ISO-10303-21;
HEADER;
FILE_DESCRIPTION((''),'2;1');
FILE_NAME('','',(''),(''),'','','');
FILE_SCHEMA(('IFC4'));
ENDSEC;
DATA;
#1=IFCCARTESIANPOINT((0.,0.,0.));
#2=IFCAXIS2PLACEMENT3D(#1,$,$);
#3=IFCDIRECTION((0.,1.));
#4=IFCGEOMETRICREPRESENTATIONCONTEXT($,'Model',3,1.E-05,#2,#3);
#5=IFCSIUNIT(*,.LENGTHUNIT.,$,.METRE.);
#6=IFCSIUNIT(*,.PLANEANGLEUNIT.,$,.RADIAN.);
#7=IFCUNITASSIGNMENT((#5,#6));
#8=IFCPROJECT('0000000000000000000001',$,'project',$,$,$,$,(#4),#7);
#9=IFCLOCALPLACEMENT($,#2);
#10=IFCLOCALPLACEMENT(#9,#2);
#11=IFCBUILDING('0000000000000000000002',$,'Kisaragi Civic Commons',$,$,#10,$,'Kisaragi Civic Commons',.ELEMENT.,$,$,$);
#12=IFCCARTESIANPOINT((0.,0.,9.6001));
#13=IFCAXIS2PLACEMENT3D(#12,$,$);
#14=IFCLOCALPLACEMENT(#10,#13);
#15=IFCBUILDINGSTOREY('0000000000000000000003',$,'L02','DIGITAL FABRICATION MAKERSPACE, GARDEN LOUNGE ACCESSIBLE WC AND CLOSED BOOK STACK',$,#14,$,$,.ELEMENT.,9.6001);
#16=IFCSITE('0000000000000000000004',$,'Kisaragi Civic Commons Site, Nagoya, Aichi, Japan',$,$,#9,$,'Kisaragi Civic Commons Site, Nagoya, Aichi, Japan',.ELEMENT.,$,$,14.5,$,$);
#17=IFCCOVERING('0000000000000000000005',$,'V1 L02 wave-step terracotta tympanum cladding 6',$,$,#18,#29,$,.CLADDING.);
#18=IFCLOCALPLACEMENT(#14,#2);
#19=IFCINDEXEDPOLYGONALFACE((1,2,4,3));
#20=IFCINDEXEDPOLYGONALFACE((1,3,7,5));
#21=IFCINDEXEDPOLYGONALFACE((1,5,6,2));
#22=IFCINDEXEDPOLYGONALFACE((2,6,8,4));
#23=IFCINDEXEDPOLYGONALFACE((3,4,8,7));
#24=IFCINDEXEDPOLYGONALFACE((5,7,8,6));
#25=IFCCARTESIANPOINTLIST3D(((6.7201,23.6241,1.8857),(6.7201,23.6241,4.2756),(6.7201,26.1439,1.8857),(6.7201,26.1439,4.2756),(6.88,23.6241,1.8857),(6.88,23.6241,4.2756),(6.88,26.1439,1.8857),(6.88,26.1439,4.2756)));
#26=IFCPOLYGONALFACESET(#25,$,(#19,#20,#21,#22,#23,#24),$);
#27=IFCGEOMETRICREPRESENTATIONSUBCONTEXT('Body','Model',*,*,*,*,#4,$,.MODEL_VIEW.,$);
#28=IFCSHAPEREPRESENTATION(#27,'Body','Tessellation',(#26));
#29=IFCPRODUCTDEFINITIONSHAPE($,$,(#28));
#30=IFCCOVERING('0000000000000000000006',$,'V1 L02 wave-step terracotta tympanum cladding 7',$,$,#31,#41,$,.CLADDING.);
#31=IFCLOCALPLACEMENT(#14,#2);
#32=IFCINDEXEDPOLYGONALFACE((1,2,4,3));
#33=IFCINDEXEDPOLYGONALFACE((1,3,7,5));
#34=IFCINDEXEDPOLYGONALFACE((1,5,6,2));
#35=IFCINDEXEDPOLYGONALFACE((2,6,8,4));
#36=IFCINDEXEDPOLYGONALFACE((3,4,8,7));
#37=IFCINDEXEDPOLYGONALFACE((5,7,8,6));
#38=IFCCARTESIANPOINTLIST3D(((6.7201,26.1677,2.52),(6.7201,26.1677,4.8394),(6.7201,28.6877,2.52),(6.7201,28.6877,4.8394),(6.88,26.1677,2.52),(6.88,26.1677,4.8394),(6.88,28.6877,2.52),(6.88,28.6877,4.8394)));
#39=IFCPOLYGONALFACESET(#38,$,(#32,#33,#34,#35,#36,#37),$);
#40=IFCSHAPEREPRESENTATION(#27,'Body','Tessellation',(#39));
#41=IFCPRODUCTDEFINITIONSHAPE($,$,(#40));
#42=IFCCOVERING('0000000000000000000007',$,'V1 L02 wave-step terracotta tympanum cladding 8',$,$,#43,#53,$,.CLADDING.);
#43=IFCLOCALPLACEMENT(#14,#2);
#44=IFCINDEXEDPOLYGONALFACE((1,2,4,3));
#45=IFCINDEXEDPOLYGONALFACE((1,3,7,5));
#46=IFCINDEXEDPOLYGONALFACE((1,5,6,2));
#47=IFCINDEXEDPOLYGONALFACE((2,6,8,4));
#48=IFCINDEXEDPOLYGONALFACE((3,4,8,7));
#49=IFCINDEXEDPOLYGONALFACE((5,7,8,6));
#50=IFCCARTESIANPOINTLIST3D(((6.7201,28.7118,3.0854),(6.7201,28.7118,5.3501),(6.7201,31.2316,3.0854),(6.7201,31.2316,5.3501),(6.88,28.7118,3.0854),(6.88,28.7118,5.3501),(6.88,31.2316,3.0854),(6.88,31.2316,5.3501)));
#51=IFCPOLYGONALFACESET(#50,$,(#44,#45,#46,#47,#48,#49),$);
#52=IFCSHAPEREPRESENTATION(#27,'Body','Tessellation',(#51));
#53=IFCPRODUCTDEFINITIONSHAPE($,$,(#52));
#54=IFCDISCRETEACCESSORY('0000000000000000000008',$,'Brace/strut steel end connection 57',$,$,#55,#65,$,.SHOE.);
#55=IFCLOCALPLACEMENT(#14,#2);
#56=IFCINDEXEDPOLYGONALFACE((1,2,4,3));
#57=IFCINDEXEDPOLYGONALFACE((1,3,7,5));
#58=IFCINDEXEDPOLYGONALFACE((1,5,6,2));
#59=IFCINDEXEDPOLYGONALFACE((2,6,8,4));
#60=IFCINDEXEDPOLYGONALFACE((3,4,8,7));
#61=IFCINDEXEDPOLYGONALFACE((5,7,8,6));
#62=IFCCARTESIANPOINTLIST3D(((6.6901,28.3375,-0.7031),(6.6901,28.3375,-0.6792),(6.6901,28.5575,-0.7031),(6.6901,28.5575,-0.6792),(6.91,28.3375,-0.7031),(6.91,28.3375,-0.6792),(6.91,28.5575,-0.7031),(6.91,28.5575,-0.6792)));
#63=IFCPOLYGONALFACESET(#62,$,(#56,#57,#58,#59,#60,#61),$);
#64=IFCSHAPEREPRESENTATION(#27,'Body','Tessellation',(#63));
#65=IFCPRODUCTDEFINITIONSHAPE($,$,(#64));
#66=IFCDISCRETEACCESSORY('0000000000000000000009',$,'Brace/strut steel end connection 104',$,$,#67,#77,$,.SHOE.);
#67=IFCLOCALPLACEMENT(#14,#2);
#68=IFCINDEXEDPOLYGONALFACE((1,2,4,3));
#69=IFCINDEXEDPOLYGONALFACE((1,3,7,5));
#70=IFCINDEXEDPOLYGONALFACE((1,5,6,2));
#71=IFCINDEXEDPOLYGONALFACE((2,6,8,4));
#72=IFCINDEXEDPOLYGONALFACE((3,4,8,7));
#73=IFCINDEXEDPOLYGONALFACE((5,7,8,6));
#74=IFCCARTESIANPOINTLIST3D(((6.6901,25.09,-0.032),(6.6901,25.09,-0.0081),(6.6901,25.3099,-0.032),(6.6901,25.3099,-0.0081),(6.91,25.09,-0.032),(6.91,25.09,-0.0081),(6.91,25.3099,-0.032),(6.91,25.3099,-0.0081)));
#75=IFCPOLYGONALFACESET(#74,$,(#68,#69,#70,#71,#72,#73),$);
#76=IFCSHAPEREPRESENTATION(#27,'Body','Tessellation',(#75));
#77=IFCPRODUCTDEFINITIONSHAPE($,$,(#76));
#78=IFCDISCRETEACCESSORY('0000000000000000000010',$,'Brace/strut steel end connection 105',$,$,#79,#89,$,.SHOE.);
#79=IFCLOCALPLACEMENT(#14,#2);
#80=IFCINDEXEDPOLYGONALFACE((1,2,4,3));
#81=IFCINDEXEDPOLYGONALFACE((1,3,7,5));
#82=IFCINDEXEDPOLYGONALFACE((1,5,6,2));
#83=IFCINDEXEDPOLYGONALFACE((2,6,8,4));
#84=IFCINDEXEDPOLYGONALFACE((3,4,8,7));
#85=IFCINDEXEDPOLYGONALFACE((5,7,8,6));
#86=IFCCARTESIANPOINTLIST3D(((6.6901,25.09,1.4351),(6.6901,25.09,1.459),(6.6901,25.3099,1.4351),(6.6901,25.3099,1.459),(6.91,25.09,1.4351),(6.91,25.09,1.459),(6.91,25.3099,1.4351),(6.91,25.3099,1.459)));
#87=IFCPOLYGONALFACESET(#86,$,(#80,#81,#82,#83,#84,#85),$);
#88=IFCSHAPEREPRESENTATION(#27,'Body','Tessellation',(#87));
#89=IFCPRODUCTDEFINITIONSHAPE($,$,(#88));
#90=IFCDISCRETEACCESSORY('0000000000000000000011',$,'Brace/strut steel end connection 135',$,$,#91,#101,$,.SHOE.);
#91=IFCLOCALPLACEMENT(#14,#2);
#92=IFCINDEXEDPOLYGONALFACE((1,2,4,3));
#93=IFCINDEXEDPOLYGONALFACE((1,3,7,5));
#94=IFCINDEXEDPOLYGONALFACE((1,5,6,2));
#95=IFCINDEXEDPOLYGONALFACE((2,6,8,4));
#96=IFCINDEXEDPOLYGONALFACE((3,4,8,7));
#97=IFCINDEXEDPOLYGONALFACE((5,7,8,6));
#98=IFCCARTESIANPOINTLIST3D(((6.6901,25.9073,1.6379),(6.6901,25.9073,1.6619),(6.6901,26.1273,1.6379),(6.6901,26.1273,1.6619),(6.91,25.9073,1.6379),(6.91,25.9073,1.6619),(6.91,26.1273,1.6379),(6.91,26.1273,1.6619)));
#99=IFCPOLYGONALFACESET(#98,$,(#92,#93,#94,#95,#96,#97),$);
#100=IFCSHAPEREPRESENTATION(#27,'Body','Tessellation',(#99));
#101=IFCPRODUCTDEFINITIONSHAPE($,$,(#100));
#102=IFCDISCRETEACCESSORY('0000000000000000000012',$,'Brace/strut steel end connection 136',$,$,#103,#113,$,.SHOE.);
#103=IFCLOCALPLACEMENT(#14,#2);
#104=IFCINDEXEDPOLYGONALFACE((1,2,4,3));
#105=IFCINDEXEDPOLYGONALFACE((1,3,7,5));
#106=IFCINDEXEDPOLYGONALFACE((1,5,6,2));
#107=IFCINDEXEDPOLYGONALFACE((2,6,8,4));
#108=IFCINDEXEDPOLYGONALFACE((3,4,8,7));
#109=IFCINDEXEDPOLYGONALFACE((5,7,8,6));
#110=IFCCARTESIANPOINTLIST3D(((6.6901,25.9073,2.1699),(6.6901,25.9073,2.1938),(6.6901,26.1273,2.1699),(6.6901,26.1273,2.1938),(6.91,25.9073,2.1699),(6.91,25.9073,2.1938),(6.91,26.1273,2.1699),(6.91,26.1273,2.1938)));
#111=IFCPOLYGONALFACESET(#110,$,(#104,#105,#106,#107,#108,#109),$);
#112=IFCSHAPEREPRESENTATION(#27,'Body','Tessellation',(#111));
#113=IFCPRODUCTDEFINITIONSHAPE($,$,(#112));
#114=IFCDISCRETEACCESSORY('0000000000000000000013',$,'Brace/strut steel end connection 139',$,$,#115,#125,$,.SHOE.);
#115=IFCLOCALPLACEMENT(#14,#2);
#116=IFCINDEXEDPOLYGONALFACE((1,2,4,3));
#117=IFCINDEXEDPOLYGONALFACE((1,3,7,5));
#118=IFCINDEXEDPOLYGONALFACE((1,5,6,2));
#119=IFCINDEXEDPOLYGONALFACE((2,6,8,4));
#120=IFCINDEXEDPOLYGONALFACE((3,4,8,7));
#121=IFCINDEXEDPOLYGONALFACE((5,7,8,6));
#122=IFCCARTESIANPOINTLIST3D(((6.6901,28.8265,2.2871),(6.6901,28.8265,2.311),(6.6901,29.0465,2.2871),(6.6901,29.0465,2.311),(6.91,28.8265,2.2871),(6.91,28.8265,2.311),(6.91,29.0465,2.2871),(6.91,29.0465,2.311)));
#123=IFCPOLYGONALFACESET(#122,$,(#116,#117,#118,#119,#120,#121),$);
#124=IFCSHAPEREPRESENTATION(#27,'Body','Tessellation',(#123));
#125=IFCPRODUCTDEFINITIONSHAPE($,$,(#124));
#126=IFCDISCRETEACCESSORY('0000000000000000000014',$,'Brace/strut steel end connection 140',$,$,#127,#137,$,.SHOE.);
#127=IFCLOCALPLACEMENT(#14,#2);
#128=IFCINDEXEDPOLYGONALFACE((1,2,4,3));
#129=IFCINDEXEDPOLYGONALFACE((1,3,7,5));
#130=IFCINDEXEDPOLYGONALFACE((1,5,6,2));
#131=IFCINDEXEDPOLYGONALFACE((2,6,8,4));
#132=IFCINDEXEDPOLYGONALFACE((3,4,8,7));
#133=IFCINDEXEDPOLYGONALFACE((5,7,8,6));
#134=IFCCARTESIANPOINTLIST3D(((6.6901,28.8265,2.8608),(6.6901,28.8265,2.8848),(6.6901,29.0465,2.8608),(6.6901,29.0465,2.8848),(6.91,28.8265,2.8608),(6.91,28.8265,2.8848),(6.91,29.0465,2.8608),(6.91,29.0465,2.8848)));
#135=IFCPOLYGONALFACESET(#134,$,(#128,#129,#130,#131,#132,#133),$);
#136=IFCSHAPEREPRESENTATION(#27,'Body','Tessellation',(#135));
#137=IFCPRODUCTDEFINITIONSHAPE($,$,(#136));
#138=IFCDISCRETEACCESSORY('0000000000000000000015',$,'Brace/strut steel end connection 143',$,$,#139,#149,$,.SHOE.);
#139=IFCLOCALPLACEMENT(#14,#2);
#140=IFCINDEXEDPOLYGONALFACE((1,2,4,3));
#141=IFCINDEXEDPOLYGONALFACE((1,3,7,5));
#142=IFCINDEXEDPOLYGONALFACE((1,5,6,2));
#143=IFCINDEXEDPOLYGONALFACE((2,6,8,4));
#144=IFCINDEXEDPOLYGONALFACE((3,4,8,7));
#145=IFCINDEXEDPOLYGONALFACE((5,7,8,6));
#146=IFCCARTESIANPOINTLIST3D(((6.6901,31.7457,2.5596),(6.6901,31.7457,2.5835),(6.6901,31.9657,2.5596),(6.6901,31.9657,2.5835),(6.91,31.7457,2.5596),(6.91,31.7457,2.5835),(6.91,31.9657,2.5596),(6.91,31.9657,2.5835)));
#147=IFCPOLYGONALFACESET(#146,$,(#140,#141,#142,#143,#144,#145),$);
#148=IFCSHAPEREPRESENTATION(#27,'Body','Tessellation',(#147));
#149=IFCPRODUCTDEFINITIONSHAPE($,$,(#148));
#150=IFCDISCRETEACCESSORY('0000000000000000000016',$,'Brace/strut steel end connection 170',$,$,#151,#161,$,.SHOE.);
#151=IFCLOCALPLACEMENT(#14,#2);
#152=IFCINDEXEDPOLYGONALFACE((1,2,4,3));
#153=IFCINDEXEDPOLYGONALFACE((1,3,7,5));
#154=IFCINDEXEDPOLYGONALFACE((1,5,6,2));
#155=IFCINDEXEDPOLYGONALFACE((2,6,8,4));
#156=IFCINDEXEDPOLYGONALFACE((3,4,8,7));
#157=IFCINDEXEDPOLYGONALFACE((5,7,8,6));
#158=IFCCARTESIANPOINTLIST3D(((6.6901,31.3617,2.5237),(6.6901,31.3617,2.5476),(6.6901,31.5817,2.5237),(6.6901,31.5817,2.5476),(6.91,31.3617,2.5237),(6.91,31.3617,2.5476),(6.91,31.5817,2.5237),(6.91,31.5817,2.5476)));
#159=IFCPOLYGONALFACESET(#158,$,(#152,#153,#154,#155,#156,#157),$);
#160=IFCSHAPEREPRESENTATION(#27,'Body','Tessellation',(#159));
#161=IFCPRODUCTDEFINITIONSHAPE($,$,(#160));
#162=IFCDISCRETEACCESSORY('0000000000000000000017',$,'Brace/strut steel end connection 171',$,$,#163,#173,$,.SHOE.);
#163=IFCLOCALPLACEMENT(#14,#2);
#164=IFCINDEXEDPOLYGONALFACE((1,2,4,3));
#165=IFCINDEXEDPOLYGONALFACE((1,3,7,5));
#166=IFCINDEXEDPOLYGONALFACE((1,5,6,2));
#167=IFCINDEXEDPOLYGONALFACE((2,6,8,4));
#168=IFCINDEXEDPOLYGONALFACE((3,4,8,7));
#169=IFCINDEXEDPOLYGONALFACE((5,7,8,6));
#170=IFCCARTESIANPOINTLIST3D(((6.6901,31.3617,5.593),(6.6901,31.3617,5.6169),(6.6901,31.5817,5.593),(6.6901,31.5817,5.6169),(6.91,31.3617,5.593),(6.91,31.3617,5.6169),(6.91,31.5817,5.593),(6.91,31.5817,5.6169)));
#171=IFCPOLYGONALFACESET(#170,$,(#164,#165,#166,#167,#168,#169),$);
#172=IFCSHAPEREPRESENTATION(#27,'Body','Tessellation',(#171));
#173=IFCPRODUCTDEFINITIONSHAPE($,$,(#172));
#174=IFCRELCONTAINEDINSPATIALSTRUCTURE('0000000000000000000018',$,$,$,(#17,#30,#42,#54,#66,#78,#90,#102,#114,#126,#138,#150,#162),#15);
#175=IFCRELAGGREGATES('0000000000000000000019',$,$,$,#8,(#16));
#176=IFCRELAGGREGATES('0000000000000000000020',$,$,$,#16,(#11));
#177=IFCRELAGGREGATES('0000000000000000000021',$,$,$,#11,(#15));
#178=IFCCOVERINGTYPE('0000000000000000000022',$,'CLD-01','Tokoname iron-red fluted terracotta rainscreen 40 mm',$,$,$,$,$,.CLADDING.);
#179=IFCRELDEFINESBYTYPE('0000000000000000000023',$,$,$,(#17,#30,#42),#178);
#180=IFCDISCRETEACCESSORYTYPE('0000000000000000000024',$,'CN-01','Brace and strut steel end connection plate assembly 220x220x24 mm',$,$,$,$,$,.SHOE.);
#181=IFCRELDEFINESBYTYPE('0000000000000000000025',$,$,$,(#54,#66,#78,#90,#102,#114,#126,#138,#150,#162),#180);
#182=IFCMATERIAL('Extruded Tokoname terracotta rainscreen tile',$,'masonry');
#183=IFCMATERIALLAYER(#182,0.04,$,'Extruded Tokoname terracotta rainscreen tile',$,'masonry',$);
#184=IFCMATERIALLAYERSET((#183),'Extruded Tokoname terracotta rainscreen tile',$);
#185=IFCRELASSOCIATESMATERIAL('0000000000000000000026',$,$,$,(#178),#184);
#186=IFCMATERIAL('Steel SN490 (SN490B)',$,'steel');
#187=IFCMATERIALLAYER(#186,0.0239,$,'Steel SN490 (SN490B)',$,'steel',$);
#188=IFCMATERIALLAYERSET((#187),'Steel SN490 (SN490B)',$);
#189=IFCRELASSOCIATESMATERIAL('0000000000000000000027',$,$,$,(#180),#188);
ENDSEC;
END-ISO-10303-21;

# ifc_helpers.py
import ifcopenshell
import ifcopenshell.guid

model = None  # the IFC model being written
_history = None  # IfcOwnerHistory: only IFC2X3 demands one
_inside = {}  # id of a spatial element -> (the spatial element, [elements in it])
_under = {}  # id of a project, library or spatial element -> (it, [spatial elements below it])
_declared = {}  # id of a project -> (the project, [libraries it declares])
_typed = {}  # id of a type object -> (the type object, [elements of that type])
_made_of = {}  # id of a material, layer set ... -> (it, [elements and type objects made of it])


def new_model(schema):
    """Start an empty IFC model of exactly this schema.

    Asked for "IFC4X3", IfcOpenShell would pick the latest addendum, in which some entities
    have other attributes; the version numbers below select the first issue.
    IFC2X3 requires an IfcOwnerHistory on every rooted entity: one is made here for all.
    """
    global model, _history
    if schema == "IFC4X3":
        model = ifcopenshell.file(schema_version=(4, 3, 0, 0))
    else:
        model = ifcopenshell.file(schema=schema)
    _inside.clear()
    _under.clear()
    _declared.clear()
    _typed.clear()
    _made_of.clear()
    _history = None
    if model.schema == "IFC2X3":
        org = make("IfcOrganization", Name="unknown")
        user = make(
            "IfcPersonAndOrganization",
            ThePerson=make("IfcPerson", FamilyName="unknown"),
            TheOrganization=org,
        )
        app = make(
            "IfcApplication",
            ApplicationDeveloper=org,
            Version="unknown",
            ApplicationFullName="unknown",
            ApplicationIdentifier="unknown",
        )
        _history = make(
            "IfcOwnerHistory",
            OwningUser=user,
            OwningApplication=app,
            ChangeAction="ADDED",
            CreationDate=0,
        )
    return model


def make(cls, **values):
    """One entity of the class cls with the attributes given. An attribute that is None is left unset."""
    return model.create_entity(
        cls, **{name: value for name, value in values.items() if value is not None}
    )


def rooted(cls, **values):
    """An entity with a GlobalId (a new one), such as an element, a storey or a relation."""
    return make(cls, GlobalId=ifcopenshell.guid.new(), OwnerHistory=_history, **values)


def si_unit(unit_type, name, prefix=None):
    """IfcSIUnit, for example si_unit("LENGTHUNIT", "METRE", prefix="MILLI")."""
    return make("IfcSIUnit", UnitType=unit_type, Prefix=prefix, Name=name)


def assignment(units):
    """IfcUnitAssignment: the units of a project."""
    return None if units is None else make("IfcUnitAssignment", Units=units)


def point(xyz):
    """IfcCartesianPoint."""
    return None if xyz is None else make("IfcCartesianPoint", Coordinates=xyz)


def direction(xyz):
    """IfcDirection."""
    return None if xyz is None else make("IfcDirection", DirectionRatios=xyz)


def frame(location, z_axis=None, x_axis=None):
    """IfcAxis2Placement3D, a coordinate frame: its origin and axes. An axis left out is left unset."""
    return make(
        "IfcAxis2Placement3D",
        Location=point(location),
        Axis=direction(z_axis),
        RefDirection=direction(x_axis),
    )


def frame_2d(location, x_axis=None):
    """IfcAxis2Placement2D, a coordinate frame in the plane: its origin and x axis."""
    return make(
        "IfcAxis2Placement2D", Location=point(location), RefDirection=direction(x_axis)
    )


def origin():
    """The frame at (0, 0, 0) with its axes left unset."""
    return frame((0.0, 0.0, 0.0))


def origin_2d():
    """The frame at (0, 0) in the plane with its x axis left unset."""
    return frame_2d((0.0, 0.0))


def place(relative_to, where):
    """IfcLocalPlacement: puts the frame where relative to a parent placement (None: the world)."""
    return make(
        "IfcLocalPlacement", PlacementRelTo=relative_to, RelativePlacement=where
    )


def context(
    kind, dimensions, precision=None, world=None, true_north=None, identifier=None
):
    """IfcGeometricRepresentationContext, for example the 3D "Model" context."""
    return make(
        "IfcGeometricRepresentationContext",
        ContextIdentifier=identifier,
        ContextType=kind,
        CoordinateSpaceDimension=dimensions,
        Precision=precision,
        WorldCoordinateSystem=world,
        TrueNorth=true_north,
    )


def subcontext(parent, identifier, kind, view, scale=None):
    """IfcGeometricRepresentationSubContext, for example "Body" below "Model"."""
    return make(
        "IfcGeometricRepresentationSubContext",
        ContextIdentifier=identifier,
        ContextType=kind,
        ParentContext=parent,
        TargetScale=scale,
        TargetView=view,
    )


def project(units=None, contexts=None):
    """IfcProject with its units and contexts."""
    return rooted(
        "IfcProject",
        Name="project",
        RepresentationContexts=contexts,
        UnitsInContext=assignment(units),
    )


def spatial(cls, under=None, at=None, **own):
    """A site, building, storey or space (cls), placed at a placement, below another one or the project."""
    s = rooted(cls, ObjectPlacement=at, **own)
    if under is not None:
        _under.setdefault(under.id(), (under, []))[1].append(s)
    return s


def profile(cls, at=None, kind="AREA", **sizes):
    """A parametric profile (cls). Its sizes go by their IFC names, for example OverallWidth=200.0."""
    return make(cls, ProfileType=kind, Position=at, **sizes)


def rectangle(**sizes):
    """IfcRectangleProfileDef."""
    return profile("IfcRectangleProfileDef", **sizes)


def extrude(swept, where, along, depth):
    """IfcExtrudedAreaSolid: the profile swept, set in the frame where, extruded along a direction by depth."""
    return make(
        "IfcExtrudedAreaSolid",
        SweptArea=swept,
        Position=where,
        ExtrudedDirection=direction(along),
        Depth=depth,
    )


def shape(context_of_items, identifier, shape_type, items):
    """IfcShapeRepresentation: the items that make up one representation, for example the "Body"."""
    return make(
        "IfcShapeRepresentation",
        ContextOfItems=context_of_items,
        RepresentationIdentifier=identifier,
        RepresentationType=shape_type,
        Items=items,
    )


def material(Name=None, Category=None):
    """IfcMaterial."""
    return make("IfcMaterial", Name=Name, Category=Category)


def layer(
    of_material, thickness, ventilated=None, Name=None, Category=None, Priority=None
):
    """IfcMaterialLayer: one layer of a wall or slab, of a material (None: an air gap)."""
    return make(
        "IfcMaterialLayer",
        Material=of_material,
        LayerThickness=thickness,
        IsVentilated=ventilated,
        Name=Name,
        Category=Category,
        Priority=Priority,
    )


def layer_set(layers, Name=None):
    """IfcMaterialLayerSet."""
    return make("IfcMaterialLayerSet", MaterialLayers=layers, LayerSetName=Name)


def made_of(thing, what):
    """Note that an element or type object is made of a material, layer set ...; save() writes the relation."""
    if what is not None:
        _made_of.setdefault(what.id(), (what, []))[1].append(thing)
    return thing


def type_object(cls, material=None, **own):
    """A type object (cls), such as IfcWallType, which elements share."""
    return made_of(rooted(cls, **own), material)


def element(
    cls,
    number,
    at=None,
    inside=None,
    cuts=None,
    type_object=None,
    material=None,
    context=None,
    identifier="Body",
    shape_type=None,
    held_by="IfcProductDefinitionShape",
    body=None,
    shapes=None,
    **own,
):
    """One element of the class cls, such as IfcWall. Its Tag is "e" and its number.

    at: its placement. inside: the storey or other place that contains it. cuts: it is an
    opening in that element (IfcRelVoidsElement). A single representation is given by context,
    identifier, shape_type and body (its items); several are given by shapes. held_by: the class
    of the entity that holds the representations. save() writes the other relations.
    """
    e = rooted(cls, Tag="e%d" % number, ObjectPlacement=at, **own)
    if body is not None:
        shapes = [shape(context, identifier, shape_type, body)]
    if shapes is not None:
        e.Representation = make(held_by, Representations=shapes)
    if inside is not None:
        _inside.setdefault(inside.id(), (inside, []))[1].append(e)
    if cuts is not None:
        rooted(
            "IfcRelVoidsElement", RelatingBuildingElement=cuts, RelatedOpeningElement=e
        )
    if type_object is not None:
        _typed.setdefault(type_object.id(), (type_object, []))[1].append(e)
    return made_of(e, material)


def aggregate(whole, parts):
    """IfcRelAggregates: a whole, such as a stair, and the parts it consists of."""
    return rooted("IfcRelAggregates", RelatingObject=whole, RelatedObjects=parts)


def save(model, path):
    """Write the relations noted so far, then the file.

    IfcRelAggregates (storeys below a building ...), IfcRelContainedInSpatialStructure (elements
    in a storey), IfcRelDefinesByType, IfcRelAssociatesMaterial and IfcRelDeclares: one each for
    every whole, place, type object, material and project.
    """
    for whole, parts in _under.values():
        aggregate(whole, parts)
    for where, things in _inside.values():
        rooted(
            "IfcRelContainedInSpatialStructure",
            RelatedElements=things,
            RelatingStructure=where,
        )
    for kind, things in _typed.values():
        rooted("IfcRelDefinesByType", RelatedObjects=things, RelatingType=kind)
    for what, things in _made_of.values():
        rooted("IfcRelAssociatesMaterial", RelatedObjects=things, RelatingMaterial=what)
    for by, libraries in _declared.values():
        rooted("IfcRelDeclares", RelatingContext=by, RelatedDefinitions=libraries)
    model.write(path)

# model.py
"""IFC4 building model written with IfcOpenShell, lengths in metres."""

from ifc_helpers import new_model, si_unit, direction, frame, origin, origin_2d, place, context, subcontext, project, spatial, rectangle, extrude, material, layer, layer_set, type_object, element, save


model = new_model("IFC4")

# Units and contexts
model_context = context("Model", 3, precision=1e-05, world=origin(), true_north=direction((0.0, 1.0)))
body_context = subcontext(model_context, "Body", "Model", "MODEL_VIEW")
ifc_project = project(units=[si_unit("LENGTHUNIT", "METRE"), si_unit("PLANEANGLEUNIT", "RADIAN")], contexts=[model_context])

# Site, building, storey
site_placement = place(None, origin())
site = spatial("IfcSite", under=ifc_project, at=site_placement, Name="Kisaragi Civic Commons Site, Nagoya, Aichi, Japan", LongName="Kisaragi Civic Commons Site, Nagoya, Aichi, Japan", CompositionType="ELEMENT", RefElevation=14.5)
building_placement = place(site_placement, origin())
building = spatial("IfcBuilding", under=site, at=building_placement, Name="Kisaragi Civic Commons", LongName="Kisaragi Civic Commons", CompositionType="ELEMENT")
storey_placement = place(building_placement, frame((0.0, 0.0, 9.6001)))
storey = spatial("IfcBuildingStorey", under=building, at=storey_placement, Name="L02", Description="DIGITAL FABRICATION MAKERSPACE, GARDEN LOUNGE ACCESSIBLE WC AND CLOSED BOOK STACK", CompositionType="ELEMENT", Elevation=9.6001)

# Shared definitions
ifc_material_1 = material(Name="Steel SN490 (SN490B)", Category="steel")

# Coverings
ifc_material_2 = material(Name="Extruded Tokoname terracotta rainscreen tile", Category="masonry")
ifc_layer_1 = layer(ifc_material_2, 0.04, Name="Extruded Tokoname terracotta rainscreen tile", Category="masonry")
ifc_layer_set_1 = layer_set([ifc_layer_1], Name="Extruded Tokoname terracotta rainscreen tile")
covering_type = type_object("IfcCoveringType", Name="CLD-01", Description="Tokoname iron-red fluted terracotta rainscreen 40 mm", PredefinedType="CLADDING", material=ifc_layer_set_1)
covering_1_placement = place(storey_placement, frame((6.8, 24.884, 1.8857), z_axis=(0.0, 0.0, 1.0), x_axis=(0.0, 1.0, 0.0)))
element("IfcCovering", 1, at=covering_1_placement, inside=storey, type_object=covering_type, Name="V1 L02 wave-step terracotta tympanum cladding 6", PredefinedType="CLADDING", context=body_context, shape_type="SweptSolid", body=[
    extrude(rectangle(XDim=2.5198, YDim=0.1599, at=origin_2d()), origin(), (0.0, 0.0, 1.0), 2.3899),
])
covering_2_placement = place(storey_placement, frame((6.8, 27.4277, 2.52), z_axis=(0.0, 0.0, 1.0), x_axis=(0.0, 1.0, 0.0)))
element("IfcCovering", 2, at=covering_2_placement, inside=storey, type_object=covering_type, Name="V1 L02 wave-step terracotta tympanum cladding 7", PredefinedType="CLADDING", context=body_context, shape_type="SweptSolid", body=[
    extrude(rectangle(XDim=2.52, YDim=0.1599, at=origin_2d()), origin(), (0.0, 0.0, 1.0), 2.3193),
])
covering_3_placement = place(storey_placement, frame((6.8, 29.9717, 3.0854), z_axis=(0.0, 0.0, 1.0), x_axis=(0.0, 1.0, 0.0)))
element("IfcCovering", 3, at=covering_3_placement, inside=storey, type_object=covering_type, Name="V1 L02 wave-step terracotta tympanum cladding 8", PredefinedType="CLADDING", context=body_context, shape_type="SweptSolid", body=[
    extrude(rectangle(XDim=2.5198, YDim=0.1599, at=origin_2d()), origin(), (0.0, 0.0, 1.0), 2.2646),
])

# Discrete accessories
ifc_layer_2 = layer(ifc_material_1, 0.0239, Name="Steel SN490 (SN490B)", Category="steel")
ifc_layer_set_2 = layer_set([ifc_layer_2], Name="Steel SN490 (SN490B)")
discrete_accessory_type = type_object("IfcDiscreteAccessoryType", Name="CN-01", Description="Brace and strut steel end connection plate assembly 220x220x24 mm", PredefinedType="SHOE", material=ifc_layer_set_2)
for number, where, z_axis, x_axis, name in (
    (4, (6.8, 28.4475, -0.7031), (0.0, 0.0, 1.0), (1.0, 0.0, 0.0), "Brace/strut steel end connection 57"),
    (5, (6.8, 25.2, -0.032), (0.0, 0.0, 1.0), (1.0, 0.0, 0.0), "Brace/strut steel end connection 104"),
    (6, (6.8, 25.2, 1.4351), (0.0, 0.0, 1.0), (1.0, 0.0, 0.0), "Brace/strut steel end connection 105"),
    (7, (6.8, 26.0173, 1.6379), (0.0, 0.0, 1.0), (1.0, 0.0, 0.0), "Brace/strut steel end connection 135"),
    (8, (6.8, 26.0173, 2.1699), (0.0, 0.0, 1.0), (1.0, 0.0, 0.0), "Brace/strut steel end connection 136"),
    (9, (6.8, 28.9365, 2.2871), (0.0, 0.0, 1.0), (1.0, 0.0, 0.0), "Brace/strut steel end connection 139"),
    (10, (6.8, 28.9365, 2.8608), (0.0, 0.0, 1.0), (1.0, 0.0, 0.0), "Brace/strut steel end connection 140"),
    (11, (6.8, 31.8557, 2.5596), (0.0, 0.0, 1.0), (1.0, 0.0, 0.0), "Brace/strut steel end connection 143"),
    (12, (6.8, 31.4717, 2.5237), (0.0, 0.0, 1.0), (1.0, 0.0, 0.0), "Brace/strut steel end connection 170"),
    (13, (6.8, 31.4717, 5.593), (0.0, 0.0, 1.0), (1.0, 0.0, 0.0), "Brace/strut steel end connection 171"),
):
    element("IfcDiscreteAccessory", number, at=place(storey_placement, frame(where, z_axis=z_axis, x_axis=x_axis)), inside=storey, type_object=discrete_accessory_type, Name=name, PredefinedType="SHOE", context=body_context, shape_type="SweptSolid", body=[
        extrude(rectangle(XDim=0.22, YDim=0.22, at=origin_2d()), origin(), (0.0, 0.0, 1.0), 0.0239),
    ])

save(model, "model.ifc")
